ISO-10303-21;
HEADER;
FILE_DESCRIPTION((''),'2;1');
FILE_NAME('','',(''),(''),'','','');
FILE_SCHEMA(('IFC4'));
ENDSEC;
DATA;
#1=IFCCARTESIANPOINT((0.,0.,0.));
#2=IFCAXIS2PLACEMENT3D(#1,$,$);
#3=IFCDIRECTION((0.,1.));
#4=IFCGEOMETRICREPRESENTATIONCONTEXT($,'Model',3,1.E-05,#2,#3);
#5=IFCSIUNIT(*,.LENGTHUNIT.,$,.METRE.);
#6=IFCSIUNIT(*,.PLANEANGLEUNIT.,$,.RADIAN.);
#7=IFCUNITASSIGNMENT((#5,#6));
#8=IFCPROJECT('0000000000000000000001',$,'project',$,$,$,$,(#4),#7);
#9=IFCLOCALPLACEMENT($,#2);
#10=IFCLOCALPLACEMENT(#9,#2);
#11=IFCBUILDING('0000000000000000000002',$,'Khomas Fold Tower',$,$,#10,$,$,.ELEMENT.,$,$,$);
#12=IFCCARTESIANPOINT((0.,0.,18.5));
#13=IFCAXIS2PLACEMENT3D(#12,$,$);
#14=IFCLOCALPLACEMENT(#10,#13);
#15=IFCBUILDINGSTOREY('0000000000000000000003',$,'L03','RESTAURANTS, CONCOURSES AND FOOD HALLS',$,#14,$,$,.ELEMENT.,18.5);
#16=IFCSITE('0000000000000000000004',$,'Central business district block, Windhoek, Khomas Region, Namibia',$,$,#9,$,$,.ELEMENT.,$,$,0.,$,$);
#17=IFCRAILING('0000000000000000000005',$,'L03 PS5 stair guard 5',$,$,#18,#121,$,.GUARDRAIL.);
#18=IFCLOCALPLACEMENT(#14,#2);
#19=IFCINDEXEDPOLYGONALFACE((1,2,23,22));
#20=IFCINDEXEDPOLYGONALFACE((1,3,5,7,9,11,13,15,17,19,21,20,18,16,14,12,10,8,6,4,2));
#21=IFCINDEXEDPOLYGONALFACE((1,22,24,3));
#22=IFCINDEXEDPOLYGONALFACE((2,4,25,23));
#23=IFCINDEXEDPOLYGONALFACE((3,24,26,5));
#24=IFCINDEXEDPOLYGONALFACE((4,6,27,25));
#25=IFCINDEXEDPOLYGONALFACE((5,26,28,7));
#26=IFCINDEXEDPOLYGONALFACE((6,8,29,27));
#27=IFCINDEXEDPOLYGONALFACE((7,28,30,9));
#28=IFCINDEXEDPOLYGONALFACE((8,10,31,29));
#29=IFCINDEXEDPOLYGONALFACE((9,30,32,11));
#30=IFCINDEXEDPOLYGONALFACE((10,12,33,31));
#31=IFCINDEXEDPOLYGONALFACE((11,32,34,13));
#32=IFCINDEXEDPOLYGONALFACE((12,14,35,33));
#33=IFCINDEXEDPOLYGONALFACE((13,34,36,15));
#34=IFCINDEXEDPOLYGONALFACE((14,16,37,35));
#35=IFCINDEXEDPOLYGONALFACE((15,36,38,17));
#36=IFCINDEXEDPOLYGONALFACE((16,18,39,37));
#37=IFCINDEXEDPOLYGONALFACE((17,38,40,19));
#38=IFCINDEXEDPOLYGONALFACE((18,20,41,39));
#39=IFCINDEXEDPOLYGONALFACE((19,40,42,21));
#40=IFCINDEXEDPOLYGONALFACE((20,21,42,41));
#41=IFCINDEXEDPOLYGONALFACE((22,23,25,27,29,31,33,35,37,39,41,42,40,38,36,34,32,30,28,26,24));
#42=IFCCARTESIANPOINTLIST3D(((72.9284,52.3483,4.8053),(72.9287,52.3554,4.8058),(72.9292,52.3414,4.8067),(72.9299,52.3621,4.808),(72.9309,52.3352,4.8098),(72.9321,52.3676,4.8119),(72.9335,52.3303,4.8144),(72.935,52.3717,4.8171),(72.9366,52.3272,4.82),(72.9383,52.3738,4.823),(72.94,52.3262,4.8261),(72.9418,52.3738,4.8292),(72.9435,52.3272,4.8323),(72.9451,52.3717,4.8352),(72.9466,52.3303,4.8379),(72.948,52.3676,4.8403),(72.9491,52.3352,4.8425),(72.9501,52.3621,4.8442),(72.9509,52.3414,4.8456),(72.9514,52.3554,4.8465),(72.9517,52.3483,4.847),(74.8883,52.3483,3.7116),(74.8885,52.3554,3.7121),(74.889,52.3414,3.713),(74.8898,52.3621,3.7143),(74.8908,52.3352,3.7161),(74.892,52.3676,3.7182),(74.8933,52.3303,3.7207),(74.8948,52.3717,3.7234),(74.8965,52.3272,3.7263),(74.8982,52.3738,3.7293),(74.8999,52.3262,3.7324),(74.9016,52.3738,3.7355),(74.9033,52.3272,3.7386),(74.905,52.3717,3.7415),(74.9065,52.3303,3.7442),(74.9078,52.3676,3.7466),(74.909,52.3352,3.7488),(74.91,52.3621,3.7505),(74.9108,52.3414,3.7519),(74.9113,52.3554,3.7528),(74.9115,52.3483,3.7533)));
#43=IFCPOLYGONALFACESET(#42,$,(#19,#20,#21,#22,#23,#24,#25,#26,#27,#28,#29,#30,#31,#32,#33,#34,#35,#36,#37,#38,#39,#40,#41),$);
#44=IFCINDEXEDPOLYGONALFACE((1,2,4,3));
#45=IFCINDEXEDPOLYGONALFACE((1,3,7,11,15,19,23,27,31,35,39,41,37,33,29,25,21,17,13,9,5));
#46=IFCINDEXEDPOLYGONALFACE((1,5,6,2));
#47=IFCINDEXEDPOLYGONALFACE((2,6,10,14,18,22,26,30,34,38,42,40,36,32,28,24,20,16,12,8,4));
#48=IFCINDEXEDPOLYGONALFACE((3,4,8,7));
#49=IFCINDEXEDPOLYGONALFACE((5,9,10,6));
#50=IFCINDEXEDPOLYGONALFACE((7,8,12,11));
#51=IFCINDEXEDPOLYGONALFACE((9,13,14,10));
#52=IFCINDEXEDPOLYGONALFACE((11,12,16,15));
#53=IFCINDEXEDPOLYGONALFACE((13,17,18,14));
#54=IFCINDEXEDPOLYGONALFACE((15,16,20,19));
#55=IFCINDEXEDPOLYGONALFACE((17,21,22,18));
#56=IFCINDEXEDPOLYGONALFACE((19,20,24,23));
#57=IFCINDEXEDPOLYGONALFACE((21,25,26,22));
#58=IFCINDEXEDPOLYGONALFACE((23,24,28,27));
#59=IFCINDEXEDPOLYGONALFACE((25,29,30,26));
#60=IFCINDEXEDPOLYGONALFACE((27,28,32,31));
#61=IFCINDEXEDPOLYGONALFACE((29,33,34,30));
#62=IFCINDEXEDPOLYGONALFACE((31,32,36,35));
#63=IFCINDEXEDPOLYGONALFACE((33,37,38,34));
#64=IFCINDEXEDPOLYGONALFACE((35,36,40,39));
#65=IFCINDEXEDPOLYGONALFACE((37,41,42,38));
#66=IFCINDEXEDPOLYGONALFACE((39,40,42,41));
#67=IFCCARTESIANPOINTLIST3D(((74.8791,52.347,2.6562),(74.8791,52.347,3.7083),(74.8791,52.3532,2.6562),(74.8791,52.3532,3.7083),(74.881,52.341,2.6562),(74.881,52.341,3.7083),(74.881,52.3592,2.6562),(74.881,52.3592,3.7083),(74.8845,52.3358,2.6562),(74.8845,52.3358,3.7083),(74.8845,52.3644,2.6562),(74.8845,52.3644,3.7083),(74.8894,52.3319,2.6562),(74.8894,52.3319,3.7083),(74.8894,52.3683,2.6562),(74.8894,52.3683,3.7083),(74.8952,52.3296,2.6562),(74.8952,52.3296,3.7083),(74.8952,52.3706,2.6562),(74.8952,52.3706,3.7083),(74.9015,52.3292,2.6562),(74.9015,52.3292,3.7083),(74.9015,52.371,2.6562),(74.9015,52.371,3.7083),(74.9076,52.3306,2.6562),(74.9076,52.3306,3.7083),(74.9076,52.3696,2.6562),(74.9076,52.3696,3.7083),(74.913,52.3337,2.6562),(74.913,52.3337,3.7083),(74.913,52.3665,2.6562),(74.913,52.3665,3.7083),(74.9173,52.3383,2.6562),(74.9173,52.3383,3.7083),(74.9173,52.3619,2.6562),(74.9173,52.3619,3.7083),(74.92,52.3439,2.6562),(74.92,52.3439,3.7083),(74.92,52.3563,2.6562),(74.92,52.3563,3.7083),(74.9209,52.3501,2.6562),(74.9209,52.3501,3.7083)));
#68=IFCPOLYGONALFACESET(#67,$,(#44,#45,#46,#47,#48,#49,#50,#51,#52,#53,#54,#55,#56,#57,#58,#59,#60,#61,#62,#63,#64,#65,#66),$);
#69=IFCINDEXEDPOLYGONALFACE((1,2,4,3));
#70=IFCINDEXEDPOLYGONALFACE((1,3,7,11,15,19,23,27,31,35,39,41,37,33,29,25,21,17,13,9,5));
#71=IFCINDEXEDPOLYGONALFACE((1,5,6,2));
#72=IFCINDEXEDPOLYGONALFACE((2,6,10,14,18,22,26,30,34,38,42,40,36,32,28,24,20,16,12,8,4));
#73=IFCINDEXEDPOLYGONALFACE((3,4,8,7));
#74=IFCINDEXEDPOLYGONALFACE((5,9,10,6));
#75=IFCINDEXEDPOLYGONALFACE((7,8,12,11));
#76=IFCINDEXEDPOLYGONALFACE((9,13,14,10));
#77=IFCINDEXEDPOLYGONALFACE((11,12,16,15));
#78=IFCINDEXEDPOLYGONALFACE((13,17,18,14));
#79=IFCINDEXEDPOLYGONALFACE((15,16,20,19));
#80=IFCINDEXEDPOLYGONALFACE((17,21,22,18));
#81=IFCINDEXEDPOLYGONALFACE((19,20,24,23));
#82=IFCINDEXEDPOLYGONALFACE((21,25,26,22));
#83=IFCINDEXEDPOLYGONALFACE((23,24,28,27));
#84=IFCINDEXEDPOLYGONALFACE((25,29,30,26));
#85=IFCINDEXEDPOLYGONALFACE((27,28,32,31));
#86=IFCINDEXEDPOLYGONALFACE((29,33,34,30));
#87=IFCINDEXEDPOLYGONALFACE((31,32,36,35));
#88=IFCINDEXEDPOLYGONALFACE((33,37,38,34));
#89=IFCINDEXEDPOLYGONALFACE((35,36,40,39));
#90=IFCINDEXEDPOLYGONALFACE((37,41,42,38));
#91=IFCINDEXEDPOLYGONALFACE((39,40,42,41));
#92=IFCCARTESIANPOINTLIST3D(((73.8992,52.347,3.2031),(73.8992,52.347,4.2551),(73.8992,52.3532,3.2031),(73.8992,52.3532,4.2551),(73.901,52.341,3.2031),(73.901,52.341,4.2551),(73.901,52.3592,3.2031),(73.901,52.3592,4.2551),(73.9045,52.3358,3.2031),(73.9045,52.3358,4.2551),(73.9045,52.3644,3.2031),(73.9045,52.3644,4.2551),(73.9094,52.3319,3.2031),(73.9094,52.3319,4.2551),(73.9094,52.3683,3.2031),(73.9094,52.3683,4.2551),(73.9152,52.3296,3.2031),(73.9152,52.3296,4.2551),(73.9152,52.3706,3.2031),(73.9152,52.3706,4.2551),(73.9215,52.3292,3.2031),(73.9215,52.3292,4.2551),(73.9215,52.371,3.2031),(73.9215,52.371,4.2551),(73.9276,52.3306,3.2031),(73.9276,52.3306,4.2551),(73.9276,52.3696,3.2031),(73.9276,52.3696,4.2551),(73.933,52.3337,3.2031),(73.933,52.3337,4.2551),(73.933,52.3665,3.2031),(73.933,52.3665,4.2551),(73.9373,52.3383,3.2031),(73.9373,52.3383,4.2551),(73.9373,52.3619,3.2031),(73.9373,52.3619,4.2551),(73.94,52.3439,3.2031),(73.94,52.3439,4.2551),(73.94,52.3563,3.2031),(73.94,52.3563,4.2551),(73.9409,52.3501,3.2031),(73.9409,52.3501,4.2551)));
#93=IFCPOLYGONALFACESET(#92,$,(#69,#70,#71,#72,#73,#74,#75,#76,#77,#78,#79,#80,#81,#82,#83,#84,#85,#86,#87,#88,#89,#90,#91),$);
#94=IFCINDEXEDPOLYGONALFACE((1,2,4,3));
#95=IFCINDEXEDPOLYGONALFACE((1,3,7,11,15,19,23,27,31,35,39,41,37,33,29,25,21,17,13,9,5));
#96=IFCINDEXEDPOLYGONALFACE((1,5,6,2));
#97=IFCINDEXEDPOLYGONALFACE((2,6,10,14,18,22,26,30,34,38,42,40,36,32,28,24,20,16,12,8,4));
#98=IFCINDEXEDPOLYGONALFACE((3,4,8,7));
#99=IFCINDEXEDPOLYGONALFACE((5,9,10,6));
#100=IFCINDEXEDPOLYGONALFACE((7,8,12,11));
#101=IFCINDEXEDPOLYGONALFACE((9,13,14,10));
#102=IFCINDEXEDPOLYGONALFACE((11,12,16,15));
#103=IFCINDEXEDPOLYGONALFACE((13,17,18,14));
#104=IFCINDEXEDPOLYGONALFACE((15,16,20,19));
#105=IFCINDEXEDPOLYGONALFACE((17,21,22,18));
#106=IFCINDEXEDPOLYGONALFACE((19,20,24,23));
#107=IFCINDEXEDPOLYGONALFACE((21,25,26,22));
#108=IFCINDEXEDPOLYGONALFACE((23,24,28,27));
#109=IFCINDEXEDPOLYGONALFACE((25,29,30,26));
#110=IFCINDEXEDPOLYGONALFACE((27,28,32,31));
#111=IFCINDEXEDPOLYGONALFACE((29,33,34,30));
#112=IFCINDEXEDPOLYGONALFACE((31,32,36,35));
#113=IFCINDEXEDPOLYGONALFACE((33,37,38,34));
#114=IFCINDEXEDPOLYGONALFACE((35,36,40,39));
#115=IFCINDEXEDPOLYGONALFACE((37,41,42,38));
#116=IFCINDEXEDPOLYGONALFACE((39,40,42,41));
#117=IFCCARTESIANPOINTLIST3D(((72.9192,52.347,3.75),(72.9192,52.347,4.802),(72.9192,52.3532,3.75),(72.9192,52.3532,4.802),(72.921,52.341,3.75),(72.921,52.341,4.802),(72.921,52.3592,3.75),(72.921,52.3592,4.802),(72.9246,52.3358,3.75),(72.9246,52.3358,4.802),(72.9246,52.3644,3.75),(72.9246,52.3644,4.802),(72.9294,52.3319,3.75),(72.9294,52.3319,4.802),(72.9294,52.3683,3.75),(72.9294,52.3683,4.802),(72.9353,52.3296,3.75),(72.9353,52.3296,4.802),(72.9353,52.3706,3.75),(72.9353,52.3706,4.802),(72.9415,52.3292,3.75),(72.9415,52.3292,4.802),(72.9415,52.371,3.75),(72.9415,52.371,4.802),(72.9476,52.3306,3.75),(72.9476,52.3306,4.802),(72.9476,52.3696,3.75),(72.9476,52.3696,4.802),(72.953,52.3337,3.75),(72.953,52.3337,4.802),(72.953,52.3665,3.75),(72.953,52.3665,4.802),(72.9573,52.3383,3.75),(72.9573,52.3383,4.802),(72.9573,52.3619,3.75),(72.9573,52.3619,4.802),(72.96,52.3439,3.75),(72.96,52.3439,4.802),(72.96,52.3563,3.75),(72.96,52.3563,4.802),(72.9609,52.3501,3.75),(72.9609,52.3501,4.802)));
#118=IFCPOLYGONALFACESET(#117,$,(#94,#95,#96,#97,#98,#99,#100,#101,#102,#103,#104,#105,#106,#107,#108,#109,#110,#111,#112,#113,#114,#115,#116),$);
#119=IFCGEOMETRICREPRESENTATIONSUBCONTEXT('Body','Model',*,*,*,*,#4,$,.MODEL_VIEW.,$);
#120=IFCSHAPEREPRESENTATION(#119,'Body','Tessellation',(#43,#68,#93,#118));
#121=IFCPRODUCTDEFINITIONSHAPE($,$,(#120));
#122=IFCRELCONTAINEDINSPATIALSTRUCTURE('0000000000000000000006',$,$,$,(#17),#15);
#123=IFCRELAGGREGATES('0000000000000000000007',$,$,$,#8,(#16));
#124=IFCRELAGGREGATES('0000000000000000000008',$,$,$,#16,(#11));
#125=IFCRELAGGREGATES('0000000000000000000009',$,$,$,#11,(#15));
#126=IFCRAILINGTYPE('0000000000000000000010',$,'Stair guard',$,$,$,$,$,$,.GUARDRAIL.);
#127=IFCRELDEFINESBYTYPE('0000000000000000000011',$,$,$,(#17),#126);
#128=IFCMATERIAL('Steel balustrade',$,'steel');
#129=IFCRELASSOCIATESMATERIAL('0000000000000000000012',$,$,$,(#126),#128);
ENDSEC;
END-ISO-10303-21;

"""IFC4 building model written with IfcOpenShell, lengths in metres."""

from ifc_helpers import new_model, si_unit, direction, frame, origin, origin_2d, place, context, subcontext, project, spatial, circle, extrude, source, transform, mapped, material, type_object, element, save


model = new_model("IFC4")

# Units and contexts
model_context = context("Model", 3, precision=1e-05, world=origin(), true_north=direction((0.0, 1.0)))
body_context = subcontext(model_context, "Body", "Model", "MODEL_VIEW")
ifc_project = project(units=[si_unit("LENGTHUNIT", "METRE"), si_unit("PLANEANGLEUNIT", "RADIAN")], contexts=[model_context])

# Site, building, storey
site_placement = place(None, origin())
site = spatial("IfcSite", under=ifc_project, at=site_placement, Name="Central business district block, Windhoek, Khomas Region, Namibia", CompositionType="ELEMENT", RefElevation=0.0)
building_placement = place(site_placement, origin())
building = spatial("IfcBuilding", under=site, at=building_placement, Name="Khomas Fold Tower", CompositionType="ELEMENT")
storey_placement = place(building_placement, frame((0.0, 0.0, 18.5)))
storey = spatial("IfcBuildingStorey", under=building, at=storey_placement, Name="L03", Description="RESTAURANTS, CONCOURSES AND FOOD HALLS", CompositionType="ELEMENT", Elevation=18.5)

# Railing
ifc_material_1 = material(Name="Steel balustrade", Category="steel")
railing_type_1 = type_object("IfcRailingType", Name="Stair guard", PredefinedType="GUARDRAIL", material=ifc_material_1)
shared_shape_1 = source(origin(), body_context, "Body", "SweptSolid", [
    extrude(circle(Radius=0.0239, at=origin_2d()), frame((0.0, 0.0, 1.0762), z_axis=(-0.873232, 0.0, 0.487304), x_axis=(0.0, -1.0, 0.0)), (0.0, 0.0, 1.0), 2.2444),
    extrude(circle(Radius=0.021, at=origin_2d()), origin(), (0.0, 0.0, 1.0), 1.052),
    extrude(circle(Radius=0.021, at=origin_2d()), frame((-0.98, 0.0, 0.5469)), (0.0, 0.0, 1.0), 1.052),
    extrude(circle(Radius=0.021, at=origin_2d()), frame((-1.96, 0.0, 1.0938)), (0.0, 0.0, 1.0), 1.052),
])
for number, where, name in (
    (1, (74.8999, 52.3501, 2.6562), "L03 PS5 stair guard 5"),
):
    element("IfcRailing", number, at=place(storey_placement, frame(where)), inside=storey, type_object=railing_type_1, Name=name, PredefinedType="GUARDRAIL", context=body_context, shape_type="MappedRepresentation", body=[
        mapped(shared_shape_1, transform((0.0, 0.0, 0.0))),
    ])

save(model, "model.ifc")
